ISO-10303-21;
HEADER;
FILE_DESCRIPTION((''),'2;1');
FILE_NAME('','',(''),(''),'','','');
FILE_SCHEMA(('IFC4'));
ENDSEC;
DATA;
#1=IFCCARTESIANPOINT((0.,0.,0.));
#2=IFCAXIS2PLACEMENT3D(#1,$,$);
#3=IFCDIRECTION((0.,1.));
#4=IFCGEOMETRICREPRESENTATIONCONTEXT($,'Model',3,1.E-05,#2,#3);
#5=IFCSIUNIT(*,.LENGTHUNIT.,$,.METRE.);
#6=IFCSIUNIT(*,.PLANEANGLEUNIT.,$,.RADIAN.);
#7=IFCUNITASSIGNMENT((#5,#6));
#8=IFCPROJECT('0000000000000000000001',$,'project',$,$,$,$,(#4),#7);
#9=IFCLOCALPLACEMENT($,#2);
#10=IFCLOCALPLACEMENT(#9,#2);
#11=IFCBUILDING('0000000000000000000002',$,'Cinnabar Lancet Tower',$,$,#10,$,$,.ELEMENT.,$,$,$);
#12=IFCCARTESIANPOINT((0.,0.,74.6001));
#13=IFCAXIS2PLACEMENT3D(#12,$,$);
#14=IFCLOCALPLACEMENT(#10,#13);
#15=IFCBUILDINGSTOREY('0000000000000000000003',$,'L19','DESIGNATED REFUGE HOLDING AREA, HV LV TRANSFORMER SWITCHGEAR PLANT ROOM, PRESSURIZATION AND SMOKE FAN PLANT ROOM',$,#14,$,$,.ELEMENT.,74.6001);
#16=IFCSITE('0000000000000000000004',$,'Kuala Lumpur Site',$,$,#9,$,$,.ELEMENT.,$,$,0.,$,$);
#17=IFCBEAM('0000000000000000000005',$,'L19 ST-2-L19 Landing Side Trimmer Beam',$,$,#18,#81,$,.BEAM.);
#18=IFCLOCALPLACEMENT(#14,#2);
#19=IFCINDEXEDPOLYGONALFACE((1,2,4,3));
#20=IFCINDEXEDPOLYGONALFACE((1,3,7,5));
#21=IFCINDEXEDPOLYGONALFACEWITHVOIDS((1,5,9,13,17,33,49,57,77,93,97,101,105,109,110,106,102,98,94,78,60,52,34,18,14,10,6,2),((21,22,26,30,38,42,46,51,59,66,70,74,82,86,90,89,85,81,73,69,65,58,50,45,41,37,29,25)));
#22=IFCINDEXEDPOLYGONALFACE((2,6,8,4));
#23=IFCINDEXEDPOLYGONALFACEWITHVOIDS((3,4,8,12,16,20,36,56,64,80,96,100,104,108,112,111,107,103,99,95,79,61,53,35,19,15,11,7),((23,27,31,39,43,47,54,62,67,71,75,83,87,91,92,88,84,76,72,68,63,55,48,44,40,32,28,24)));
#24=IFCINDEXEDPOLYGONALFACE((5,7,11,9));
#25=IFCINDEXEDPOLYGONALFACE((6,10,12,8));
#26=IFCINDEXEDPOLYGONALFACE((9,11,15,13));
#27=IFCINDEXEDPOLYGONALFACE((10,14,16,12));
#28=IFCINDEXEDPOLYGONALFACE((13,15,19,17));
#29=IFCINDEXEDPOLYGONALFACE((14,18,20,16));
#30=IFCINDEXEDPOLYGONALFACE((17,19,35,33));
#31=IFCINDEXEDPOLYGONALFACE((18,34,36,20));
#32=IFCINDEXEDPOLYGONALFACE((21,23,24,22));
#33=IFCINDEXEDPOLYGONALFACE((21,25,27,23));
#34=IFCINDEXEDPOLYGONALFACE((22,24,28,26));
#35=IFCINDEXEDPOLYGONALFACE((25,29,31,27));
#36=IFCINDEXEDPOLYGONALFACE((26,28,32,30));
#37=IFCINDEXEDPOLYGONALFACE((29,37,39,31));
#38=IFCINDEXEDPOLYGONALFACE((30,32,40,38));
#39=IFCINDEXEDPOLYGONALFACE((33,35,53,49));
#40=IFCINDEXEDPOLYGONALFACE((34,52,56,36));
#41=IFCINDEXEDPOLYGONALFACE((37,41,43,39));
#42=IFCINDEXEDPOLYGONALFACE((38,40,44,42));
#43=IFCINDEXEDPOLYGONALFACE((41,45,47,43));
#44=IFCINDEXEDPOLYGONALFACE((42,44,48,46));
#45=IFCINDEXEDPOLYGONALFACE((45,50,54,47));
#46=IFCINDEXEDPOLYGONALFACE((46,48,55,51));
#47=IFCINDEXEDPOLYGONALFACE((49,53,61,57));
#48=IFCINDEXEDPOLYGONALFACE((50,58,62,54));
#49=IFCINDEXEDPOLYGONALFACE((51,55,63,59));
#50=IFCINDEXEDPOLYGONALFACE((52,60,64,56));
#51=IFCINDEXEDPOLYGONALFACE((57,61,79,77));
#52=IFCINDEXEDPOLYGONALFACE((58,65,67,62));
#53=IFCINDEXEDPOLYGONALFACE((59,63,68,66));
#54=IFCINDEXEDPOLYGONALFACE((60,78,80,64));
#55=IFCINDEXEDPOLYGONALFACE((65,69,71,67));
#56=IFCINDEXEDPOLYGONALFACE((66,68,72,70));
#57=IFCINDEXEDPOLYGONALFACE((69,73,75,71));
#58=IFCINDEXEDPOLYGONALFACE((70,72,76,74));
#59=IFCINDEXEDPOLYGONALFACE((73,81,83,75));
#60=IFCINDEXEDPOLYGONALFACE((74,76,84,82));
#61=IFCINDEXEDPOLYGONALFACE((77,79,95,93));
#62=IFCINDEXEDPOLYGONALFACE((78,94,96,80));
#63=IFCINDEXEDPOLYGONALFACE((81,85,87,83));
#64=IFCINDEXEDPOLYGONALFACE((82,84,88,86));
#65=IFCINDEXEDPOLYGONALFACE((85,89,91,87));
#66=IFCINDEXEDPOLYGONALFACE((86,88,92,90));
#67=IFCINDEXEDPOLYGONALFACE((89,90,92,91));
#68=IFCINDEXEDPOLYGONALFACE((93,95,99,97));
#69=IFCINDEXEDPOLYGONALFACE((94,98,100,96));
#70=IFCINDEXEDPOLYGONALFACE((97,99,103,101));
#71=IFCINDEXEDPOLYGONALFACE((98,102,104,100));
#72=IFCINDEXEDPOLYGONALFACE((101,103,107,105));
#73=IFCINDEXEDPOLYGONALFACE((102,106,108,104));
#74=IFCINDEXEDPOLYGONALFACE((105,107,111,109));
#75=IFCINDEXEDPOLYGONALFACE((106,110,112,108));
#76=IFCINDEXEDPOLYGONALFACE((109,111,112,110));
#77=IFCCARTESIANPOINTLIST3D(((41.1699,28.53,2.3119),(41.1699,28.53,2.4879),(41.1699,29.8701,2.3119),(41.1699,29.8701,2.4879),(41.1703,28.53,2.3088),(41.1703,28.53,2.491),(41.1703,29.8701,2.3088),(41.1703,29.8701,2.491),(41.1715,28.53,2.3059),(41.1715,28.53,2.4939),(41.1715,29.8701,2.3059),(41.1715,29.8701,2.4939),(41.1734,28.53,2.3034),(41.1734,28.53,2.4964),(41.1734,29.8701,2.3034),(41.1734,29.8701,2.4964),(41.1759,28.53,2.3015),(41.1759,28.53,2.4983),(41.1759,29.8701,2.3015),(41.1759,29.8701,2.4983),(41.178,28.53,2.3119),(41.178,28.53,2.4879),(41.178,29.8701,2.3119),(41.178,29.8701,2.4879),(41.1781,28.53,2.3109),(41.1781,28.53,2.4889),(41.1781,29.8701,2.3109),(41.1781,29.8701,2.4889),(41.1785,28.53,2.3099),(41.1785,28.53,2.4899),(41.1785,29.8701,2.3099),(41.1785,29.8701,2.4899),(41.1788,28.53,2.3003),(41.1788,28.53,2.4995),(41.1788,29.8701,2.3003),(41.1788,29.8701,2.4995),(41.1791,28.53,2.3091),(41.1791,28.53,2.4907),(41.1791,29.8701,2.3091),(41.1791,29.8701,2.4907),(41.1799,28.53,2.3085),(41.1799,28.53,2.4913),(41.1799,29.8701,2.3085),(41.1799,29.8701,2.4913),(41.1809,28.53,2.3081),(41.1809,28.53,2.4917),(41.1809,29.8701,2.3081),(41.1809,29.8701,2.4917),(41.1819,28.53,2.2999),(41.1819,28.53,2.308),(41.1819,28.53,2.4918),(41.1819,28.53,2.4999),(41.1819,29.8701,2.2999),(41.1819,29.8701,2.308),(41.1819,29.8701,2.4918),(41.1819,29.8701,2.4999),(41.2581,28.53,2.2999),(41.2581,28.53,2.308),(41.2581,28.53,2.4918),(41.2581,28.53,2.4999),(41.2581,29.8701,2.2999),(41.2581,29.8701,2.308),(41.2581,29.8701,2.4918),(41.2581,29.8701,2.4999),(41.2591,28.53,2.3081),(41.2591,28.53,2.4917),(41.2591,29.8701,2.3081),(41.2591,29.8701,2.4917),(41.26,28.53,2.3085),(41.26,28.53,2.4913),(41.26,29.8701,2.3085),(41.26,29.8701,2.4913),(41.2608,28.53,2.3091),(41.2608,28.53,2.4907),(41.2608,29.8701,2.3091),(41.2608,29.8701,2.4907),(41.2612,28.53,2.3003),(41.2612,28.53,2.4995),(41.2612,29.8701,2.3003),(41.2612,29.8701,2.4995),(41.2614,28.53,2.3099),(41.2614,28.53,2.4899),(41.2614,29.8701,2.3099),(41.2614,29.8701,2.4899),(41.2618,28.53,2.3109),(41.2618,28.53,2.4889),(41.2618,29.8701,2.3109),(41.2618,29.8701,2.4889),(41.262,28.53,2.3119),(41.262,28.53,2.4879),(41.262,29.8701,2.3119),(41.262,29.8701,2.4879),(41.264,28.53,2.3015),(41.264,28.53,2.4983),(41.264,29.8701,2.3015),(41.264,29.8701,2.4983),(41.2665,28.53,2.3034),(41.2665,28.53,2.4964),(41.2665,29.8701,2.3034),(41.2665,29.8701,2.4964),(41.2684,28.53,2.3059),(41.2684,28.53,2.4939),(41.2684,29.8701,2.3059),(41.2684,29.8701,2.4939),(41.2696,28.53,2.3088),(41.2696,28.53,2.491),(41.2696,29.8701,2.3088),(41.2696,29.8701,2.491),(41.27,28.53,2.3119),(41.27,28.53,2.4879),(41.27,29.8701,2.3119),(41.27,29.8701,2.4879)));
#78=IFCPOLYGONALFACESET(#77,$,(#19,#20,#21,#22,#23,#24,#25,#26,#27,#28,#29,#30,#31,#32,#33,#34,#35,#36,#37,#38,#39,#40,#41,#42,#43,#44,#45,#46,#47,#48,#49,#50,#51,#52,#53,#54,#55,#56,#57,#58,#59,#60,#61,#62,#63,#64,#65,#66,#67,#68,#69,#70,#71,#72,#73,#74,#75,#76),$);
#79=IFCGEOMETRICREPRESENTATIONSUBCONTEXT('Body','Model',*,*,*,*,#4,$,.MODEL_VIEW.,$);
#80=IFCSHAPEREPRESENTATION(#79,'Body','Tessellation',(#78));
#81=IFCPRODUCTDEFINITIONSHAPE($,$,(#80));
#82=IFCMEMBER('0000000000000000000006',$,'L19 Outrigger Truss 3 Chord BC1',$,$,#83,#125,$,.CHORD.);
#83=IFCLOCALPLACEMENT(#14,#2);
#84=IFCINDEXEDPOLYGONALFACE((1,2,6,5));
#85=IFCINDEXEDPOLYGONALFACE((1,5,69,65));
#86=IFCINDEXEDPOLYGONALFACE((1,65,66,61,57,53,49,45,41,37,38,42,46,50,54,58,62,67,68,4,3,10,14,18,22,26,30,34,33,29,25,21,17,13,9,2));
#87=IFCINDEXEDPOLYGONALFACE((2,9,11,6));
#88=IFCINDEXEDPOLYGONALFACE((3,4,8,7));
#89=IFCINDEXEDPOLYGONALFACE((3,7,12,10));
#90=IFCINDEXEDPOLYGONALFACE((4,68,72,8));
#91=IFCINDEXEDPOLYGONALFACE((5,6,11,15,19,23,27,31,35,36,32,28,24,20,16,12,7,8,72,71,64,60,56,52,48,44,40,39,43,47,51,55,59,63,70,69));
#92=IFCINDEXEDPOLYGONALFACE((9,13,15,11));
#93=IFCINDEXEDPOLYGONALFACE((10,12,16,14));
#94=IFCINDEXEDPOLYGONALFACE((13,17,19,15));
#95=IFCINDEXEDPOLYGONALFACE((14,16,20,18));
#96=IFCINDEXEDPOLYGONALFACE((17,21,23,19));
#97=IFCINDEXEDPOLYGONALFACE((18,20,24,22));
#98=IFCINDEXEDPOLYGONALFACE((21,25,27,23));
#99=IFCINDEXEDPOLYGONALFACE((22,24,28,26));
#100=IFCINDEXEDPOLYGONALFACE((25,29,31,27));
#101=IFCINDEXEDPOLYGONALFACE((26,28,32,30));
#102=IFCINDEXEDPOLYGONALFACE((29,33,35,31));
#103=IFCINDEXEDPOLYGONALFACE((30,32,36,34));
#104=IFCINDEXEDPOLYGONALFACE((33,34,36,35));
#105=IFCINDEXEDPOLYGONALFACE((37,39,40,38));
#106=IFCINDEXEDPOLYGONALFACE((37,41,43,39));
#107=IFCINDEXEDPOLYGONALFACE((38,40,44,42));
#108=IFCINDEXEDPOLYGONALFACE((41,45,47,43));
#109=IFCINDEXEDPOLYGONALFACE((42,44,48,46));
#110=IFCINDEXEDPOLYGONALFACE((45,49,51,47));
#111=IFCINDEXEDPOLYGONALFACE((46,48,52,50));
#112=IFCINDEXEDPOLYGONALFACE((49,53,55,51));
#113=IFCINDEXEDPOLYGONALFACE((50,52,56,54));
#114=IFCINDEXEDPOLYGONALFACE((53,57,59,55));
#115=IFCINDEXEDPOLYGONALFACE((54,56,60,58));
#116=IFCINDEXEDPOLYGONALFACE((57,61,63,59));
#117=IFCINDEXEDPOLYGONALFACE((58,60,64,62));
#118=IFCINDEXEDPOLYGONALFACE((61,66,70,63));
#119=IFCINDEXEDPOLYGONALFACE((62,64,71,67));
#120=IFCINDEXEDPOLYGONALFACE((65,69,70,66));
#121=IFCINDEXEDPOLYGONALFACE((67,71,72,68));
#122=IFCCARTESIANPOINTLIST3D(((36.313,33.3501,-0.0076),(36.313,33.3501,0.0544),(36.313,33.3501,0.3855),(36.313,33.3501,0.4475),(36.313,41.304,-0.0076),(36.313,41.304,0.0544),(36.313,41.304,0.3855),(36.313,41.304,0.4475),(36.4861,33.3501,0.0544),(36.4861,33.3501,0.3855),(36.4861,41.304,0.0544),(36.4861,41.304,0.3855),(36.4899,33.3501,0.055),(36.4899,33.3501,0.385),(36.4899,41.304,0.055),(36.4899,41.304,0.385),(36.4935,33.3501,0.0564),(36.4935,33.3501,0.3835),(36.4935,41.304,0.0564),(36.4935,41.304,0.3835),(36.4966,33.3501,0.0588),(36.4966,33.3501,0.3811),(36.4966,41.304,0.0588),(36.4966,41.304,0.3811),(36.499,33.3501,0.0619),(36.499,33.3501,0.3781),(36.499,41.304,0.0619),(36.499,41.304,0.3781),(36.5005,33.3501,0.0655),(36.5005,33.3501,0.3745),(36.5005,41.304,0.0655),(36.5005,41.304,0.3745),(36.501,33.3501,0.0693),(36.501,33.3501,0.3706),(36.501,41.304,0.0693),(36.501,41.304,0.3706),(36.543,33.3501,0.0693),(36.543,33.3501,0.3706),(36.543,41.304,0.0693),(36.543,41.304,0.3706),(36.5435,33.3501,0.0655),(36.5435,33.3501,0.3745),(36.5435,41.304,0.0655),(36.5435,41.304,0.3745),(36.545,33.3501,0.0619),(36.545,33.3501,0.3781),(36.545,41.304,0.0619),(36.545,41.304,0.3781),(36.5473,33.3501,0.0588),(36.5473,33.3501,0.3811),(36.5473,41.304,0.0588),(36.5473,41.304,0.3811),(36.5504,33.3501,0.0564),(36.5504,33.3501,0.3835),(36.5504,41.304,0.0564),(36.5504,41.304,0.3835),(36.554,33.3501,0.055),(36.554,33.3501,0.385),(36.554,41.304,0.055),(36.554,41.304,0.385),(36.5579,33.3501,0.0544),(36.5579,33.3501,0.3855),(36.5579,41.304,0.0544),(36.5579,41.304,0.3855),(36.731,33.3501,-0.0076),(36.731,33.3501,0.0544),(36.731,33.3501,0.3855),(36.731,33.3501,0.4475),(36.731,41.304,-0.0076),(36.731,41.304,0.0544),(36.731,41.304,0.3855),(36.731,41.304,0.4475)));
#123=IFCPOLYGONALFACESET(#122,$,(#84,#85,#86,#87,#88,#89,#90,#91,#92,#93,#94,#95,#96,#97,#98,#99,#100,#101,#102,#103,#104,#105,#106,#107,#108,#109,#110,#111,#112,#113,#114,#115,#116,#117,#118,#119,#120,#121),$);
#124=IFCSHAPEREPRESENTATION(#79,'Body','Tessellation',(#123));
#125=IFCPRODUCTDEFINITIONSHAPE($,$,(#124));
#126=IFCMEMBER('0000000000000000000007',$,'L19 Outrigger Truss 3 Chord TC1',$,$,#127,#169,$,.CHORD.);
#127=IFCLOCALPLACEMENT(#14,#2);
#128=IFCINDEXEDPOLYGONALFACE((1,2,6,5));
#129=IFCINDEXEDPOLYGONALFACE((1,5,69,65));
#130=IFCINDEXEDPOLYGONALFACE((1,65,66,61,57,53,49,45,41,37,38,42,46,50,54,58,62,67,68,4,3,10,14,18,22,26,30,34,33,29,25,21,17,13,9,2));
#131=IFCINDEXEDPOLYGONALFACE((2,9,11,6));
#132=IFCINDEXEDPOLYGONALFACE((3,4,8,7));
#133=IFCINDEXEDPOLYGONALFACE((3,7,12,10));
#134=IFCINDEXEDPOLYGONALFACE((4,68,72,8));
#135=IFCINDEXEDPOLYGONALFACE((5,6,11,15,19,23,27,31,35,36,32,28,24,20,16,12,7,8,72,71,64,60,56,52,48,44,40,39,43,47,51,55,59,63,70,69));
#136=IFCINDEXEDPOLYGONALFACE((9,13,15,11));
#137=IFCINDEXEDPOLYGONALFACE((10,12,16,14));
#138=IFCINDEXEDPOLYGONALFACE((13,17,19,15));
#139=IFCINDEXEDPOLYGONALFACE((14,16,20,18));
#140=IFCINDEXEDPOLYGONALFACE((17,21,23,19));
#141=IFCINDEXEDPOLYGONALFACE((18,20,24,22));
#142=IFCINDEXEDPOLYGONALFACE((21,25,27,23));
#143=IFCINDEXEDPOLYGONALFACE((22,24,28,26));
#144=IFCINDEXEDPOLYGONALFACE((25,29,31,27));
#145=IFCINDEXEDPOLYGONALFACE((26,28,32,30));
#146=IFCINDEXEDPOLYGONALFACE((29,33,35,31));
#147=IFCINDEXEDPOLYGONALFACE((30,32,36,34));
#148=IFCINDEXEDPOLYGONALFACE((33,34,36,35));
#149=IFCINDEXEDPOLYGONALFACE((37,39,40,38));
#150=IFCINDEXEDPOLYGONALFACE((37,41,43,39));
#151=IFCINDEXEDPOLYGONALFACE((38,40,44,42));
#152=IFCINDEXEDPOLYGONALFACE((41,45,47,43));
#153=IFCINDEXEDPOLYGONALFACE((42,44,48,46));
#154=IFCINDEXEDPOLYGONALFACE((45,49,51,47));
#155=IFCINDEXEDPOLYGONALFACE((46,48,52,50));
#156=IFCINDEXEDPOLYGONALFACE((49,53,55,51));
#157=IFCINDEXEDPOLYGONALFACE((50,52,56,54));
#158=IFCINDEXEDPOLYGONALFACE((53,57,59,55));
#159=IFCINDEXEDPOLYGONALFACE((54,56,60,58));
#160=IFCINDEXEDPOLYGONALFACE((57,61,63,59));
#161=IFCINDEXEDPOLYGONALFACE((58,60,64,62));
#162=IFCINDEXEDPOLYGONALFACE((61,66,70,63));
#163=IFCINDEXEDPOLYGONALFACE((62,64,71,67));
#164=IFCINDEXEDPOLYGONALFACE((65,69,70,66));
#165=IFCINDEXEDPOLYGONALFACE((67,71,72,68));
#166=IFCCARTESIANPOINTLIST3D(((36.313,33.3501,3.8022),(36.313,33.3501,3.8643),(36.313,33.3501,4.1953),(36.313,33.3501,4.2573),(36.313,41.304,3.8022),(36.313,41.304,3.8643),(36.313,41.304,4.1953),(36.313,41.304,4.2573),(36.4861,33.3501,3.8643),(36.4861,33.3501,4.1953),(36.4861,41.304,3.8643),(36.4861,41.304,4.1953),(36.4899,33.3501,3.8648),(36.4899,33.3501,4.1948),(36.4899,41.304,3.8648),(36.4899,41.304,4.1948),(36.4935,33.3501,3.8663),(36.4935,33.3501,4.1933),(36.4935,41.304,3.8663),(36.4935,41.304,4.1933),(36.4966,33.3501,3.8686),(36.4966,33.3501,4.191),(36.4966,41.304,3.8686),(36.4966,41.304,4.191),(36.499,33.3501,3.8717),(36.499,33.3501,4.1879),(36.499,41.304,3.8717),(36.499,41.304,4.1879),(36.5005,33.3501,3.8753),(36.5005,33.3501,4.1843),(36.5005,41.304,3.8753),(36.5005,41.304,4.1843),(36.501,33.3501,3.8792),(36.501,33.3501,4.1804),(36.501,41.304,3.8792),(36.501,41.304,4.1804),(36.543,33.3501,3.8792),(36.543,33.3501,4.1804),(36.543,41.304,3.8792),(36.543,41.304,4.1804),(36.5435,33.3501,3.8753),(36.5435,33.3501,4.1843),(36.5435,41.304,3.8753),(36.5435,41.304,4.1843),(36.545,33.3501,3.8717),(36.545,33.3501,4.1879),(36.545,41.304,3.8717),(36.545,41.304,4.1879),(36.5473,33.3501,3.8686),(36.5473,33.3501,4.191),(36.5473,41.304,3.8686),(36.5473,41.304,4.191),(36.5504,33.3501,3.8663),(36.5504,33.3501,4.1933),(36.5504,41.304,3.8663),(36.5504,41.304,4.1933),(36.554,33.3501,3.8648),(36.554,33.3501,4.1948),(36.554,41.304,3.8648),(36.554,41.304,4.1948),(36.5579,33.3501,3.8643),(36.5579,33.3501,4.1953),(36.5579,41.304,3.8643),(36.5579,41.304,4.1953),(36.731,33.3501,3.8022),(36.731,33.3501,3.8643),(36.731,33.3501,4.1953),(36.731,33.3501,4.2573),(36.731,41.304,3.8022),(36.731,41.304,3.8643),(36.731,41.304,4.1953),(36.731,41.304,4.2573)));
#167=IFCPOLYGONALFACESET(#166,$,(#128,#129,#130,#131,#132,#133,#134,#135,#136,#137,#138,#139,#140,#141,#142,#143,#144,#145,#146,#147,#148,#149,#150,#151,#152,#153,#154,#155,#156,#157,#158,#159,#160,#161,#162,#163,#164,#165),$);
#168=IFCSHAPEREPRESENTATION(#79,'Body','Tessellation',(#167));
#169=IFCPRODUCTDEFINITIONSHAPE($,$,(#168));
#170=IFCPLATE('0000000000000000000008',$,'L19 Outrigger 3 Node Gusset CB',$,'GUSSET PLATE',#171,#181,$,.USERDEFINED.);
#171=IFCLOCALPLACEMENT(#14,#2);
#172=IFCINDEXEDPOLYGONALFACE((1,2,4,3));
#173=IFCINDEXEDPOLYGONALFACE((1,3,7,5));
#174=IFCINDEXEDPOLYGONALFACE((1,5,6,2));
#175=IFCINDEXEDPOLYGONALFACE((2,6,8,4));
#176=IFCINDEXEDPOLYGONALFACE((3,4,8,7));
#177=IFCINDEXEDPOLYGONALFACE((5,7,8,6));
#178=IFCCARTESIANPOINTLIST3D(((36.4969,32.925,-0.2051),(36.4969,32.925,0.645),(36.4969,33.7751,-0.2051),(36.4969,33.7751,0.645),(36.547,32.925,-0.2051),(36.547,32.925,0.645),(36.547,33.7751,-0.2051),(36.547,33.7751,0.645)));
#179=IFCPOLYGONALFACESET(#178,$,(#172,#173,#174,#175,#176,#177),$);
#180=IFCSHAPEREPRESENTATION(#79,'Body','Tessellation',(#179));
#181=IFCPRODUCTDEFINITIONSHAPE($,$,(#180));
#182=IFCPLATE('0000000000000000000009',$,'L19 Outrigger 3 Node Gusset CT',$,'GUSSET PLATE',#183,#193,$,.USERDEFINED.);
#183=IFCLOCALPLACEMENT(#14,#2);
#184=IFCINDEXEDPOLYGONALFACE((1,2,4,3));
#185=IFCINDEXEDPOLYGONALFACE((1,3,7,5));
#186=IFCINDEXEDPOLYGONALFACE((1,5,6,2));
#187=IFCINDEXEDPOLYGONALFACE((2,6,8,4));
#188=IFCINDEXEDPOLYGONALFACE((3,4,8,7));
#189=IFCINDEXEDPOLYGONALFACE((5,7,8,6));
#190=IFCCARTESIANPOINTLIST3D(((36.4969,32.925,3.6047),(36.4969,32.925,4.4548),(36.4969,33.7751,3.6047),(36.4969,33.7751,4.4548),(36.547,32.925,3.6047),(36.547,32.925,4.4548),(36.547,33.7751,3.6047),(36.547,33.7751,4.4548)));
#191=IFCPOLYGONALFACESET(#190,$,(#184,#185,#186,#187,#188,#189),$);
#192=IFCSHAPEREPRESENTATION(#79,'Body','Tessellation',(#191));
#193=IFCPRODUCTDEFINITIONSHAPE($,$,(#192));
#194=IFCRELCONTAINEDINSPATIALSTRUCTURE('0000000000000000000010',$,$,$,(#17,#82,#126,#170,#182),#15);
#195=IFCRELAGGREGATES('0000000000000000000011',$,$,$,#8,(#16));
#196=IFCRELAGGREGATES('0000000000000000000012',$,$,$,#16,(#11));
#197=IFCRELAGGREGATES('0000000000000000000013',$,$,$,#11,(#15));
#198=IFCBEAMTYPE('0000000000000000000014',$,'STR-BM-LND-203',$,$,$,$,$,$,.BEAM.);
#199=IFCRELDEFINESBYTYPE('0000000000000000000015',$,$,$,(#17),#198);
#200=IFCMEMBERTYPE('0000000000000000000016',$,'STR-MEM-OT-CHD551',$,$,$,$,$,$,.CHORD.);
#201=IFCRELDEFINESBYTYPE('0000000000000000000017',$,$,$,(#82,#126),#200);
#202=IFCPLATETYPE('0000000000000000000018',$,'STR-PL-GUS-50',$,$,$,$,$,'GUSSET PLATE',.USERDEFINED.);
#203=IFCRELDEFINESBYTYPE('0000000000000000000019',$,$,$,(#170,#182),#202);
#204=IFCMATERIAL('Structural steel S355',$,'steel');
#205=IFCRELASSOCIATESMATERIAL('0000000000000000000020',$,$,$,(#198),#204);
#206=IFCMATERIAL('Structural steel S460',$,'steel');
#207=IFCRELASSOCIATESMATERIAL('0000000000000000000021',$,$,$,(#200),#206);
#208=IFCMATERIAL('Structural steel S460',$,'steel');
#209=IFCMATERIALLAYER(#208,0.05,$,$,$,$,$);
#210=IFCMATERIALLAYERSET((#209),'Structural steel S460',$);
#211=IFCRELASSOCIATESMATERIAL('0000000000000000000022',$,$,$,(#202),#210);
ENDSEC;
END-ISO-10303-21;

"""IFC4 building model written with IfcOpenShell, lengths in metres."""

from ifc_helpers import new_model, si_unit, direction, frame, origin, origin_2d, place, context, subcontext, project, spatial, rectangle, hollow_rectangle, i_section, extrude, material, layer, layer_set, material_profile, profile_set, type_object, element, save


model = new_model("IFC4")

# Units and contexts
model_context = context("Model", 3, precision=1e-05, world=origin(), true_north=direction((0.0, 1.0)))
body_context = subcontext(model_context, "Body", "Model", "MODEL_VIEW")
ifc_project = project(units=[si_unit("LENGTHUNIT", "METRE"), si_unit("PLANEANGLEUNIT", "RADIAN")], contexts=[model_context])

# Site, building, storey
site_placement = place(None, origin())
site = spatial("IfcSite", under=ifc_project, at=site_placement, Name="Kuala Lumpur Site", CompositionType="ELEMENT", RefElevation=0.0)
building_placement = place(site_placement, origin())
building = spatial("IfcBuilding", under=site, at=building_placement, Name="Cinnabar Lancet Tower", CompositionType="ELEMENT")
storey_placement = place(building_placement, frame((0.0, 0.0, 74.6001)))
storey = spatial("IfcBuildingStorey", under=building, at=storey_placement, Name="L19", Description="DESIGNATED REFUGE HOLDING AREA, HV LV TRANSFORMER SWITCHGEAR PLANT ROOM, PRESSURIZATION AND SMOKE FAN PLANT ROOM", CompositionType="ELEMENT", Elevation=74.6001)

# Beam
ifc_material_1 = material(Name="Structural steel S355", Category="steel")
ifc_material_profile_1 = material_profile(ifc_material_1, hollow_rectangle(XDim=0.1001, YDim=0.2, WallThickness=0.0081, InnerFilletRadius=0.0039, OuterFilletRadius=0.012, at=origin_2d()), Name="RHS 200x100x8")
ifc_profile_set_1 = profile_set([ifc_material_profile_1], Name="Structural steel S355")
beam_type = type_object("IfcBeamType", Name="STR-BM-LND-203", PredefinedType="BEAM", material=ifc_profile_set_1)
beam_placement = place(storey_placement, frame((41.22, 28.53, 2.3999), z_axis=(0.0, 1.0, 0.0), x_axis=(-1.0, 0.0, 0.0)))
element("IfcBeam", 1, at=beam_placement, inside=storey, type_object=beam_type, Name="L19 ST-2-L19 Landing Side Trimmer Beam", PredefinedType="BEAM", context=body_context, shape_type="SweptSolid", body=[
    extrude(hollow_rectangle(XDim=0.1001, YDim=0.2, WallThickness=0.0081, InnerFilletRadius=0.0039, OuterFilletRadius=0.012, at=origin_2d()), origin(), (0.0, 0.0, 1.0), 1.3401),
])

# Members
ifc_material_2 = material(Name="Structural steel S460", Category="steel")
ifc_material_profile_2 = material_profile(ifc_material_2, i_section(OverallWidth=0.418, OverallDepth=0.4551, WebThickness=0.042, FlangeThickness=0.062, FilletRadius=0.0149, at=origin_2d()), Name="HD 400x551")
ifc_profile_set_2 = profile_set([ifc_material_profile_2], Name="Structural steel S460")
member_type = type_object("IfcMemberType", Name="STR-MEM-OT-CHD551", PredefinedType="CHORD", material=ifc_profile_set_2)
for number, where, z_axis, x_axis, name in (
    (2, (36.522, 33.3501, 0.22), (0.0, 1.0, 0.0), (-1.0, 0.0, 0.0), "L19 Outrigger Truss 3 Chord BC1"),
    (3, (36.522, 33.3501, 4.0298), (0.0, 1.0, 0.0), (-1.0, 0.0, 0.0), "L19 Outrigger Truss 3 Chord TC1"),
):
    element("IfcMember", number, at=place(storey_placement, frame(where, z_axis=z_axis, x_axis=x_axis)), inside=storey, type_object=member_type, Name=name, PredefinedType="CHORD", context=body_context, shape_type="SweptSolid", body=[
        extrude(i_section(OverallWidth=0.418, OverallDepth=0.4551, WebThickness=0.042, FlangeThickness=0.062, FilletRadius=0.0149, at=origin_2d()), origin(), (0.0, 0.0, 1.0), 7.9539),
    ])

# Plates
ifc_material_3 = material(Name="Structural steel S460", Category="steel")
ifc_layer_1 = layer(ifc_material_3, 0.05)
ifc_layer_set_1 = layer_set([ifc_layer_1], Name="Structural steel S460")
plate_type = type_object("IfcPlateType", Name="STR-PL-GUS-50", ElementType="GUSSET PLATE", PredefinedType="USERDEFINED", material=ifc_layer_set_1)
for number, where, z_axis, x_axis, name in (
    (4, (36.522, 33.3501, -0.2051), (0.0, 0.0, 1.0), (1.0, 0.0, 0.0), "L19 Outrigger 3 Node Gusset CB"),
    (5, (36.522, 33.3501, 3.6047), (0.0, 0.0, 1.0), (1.0, 0.0, 0.0), "L19 Outrigger 3 Node Gusset CT"),
):
    element("IfcPlate", number, at=place(storey_placement, frame(where, z_axis=z_axis, x_axis=x_axis)), inside=storey, type_object=plate_type, Name=name, ObjectType="GUSSET PLATE", PredefinedType="USERDEFINED", context=body_context, shape_type="SweptSolid", body=[
        extrude(rectangle(XDim=0.05, YDim=0.8501, at=origin_2d()), origin(), (0.0, 0.0, 1.0), 0.8501),
    ])

save(model, "model.ifc")
